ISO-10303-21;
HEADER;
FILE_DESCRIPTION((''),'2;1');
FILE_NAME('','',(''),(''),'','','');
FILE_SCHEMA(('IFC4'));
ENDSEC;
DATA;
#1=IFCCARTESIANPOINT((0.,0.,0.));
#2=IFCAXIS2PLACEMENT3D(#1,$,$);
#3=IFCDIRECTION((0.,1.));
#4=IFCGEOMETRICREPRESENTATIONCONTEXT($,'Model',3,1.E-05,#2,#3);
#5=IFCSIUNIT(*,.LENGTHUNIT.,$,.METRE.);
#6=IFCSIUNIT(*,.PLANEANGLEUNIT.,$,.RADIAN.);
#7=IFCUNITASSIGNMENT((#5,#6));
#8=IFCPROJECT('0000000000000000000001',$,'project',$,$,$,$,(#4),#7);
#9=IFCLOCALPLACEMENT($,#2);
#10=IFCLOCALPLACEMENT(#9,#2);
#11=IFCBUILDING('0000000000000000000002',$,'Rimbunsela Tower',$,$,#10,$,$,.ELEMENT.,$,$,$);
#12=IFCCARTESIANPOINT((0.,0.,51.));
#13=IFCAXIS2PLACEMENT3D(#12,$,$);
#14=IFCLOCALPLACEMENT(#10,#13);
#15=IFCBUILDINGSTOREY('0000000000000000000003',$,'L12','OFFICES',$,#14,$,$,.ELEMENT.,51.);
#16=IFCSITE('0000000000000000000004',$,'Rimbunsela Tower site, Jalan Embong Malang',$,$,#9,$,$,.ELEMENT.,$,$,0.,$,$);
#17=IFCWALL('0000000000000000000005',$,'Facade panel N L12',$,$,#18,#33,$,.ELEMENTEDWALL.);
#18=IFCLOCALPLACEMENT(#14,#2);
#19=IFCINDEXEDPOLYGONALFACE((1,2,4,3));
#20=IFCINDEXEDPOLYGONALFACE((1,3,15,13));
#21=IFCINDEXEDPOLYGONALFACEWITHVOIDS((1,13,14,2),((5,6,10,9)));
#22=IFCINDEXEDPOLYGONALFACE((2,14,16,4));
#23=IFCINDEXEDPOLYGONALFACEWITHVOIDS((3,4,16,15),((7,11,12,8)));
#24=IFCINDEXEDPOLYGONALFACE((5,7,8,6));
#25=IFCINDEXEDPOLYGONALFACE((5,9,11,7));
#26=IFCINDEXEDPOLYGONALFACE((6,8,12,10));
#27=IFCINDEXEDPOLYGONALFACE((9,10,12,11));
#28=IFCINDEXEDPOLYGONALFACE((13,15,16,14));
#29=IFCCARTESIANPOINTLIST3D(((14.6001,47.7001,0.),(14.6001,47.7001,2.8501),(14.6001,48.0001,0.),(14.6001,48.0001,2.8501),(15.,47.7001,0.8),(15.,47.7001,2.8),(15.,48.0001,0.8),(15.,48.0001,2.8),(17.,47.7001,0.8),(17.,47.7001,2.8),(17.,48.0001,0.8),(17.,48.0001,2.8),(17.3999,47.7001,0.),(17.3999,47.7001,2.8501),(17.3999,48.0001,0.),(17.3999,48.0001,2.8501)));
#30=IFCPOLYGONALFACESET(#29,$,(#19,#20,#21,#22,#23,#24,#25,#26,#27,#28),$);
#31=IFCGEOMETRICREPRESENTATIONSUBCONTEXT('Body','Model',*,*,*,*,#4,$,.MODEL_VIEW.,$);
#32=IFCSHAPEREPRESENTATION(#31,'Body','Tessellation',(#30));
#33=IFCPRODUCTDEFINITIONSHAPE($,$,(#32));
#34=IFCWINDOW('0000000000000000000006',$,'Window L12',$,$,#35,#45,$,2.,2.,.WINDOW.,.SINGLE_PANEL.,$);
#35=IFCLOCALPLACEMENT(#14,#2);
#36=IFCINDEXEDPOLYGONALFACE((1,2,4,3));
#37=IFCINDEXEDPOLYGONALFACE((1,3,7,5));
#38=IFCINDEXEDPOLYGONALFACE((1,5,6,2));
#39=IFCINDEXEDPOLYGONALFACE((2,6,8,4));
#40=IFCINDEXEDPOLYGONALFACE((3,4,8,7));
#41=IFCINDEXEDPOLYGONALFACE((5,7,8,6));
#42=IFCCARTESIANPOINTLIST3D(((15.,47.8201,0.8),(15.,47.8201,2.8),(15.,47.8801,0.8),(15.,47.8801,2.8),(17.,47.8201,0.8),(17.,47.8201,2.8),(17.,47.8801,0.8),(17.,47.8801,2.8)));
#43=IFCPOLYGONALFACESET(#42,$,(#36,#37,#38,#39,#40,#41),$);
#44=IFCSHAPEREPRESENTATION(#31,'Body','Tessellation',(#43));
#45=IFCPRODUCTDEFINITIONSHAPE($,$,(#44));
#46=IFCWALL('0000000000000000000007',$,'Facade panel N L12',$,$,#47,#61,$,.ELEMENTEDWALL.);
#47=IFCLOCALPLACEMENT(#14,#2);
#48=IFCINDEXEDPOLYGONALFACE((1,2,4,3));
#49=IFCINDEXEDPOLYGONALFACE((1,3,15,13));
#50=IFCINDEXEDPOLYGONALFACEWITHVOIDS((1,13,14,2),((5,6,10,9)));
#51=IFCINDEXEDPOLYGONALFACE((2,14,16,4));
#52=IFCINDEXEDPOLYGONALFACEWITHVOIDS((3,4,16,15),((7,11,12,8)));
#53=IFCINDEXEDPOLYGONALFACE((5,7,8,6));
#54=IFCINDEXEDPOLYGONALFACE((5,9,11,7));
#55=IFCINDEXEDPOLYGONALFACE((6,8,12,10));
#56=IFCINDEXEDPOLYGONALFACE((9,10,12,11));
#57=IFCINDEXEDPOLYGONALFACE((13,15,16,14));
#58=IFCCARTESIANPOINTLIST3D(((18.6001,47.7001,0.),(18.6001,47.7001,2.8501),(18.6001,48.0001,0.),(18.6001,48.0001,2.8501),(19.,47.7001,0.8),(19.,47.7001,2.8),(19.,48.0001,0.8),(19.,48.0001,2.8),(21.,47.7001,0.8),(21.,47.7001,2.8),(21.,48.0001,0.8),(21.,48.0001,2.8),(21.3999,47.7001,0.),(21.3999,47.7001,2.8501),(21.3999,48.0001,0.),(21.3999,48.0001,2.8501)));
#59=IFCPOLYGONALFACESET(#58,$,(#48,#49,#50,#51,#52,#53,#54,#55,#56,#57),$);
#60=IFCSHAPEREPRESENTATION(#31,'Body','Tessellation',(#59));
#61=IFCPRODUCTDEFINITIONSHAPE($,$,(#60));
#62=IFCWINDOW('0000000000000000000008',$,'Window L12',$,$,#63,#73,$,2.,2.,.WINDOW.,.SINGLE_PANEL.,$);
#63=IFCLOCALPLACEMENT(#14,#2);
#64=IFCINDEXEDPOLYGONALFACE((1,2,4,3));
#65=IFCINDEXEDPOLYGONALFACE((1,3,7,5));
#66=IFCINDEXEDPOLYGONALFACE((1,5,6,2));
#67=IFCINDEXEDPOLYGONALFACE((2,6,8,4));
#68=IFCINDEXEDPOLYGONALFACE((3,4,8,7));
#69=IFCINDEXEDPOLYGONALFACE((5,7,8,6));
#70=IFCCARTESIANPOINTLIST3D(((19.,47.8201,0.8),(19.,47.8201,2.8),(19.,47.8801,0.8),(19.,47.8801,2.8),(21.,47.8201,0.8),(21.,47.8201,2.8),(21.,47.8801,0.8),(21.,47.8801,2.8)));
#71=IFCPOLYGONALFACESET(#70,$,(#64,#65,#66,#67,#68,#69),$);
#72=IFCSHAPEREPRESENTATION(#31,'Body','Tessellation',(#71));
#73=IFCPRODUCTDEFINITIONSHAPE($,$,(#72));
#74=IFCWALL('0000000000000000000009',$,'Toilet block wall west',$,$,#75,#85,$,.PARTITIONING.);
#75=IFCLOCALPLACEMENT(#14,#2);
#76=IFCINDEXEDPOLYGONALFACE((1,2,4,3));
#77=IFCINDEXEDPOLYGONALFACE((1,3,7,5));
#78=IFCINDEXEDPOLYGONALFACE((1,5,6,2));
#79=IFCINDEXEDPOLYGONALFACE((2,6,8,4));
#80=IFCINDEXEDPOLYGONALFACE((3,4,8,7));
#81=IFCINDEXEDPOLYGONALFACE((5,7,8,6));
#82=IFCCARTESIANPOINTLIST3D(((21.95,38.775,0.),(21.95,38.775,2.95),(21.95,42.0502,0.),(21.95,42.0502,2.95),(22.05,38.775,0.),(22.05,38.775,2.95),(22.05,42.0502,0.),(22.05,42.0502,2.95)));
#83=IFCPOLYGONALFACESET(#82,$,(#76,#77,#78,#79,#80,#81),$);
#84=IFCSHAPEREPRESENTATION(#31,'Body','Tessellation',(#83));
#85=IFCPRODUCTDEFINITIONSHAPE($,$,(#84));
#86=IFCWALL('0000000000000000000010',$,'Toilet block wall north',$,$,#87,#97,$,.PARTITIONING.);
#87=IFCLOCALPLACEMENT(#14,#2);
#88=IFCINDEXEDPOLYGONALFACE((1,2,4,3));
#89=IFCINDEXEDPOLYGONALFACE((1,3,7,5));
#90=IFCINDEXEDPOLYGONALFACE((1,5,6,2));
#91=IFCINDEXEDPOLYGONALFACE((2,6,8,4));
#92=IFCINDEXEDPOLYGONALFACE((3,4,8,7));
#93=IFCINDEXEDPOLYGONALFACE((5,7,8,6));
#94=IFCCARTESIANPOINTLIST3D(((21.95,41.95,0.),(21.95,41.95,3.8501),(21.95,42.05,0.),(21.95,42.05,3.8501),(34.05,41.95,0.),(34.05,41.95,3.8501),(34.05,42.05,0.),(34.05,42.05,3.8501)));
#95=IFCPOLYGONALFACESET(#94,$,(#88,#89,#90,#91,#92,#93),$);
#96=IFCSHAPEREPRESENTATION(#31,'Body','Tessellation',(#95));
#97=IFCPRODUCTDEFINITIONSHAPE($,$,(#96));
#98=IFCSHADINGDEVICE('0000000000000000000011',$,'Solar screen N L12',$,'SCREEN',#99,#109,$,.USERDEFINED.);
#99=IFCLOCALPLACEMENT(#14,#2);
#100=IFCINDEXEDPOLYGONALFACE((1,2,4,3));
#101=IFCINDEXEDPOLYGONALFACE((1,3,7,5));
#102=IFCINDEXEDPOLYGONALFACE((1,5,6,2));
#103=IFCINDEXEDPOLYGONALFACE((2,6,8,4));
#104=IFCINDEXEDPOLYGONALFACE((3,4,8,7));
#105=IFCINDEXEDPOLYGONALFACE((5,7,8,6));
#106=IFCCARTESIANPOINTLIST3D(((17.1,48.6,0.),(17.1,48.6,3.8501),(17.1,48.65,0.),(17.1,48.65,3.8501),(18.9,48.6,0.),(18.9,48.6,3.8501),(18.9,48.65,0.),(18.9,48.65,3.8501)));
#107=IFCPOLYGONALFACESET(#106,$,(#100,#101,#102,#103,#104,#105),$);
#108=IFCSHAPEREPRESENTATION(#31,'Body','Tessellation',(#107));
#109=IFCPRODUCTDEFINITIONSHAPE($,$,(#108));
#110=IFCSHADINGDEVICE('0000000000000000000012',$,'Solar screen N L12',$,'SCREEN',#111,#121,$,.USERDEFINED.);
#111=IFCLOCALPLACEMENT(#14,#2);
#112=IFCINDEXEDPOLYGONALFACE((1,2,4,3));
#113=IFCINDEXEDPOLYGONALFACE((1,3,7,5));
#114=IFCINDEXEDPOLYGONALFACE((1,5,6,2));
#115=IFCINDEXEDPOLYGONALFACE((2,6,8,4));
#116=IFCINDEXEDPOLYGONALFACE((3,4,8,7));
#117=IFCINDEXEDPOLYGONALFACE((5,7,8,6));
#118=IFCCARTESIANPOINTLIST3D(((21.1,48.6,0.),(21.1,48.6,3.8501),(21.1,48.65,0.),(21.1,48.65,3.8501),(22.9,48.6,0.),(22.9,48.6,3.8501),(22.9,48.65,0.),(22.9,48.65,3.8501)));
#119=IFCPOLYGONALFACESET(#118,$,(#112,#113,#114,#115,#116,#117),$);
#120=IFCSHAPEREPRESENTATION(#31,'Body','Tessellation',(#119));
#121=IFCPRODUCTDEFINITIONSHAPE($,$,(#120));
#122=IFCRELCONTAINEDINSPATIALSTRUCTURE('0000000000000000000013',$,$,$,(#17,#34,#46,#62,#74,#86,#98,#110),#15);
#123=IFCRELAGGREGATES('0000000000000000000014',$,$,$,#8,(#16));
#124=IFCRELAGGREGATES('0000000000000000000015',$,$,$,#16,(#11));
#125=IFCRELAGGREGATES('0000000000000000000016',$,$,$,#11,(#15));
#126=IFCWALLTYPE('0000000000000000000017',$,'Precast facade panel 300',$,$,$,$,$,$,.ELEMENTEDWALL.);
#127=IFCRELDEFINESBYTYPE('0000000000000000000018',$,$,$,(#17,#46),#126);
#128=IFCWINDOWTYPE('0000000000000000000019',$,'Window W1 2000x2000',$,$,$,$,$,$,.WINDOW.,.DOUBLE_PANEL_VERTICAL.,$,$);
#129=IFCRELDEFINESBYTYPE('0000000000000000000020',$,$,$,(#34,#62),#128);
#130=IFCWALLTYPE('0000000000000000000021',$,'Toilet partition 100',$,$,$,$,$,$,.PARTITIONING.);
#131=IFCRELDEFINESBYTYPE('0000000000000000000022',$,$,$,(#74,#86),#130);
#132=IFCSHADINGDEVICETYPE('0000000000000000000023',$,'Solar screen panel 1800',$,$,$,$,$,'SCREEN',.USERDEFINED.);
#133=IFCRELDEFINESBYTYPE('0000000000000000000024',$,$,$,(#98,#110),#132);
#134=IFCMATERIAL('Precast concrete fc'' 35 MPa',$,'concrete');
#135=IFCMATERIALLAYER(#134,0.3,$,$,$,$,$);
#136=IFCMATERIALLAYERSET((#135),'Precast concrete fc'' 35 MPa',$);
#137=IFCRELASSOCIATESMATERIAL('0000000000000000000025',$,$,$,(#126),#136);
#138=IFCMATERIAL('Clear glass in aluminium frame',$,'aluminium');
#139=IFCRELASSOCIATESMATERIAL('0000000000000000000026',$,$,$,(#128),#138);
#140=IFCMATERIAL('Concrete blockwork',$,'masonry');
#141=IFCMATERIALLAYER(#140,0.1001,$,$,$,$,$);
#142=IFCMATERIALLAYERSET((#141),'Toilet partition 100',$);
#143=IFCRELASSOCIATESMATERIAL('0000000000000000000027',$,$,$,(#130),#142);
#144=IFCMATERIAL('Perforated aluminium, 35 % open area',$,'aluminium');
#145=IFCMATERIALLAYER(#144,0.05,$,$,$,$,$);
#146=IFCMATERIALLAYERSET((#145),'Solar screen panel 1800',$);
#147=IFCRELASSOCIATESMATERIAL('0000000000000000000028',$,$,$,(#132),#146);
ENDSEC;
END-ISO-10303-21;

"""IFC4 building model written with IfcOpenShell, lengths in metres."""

from ifc_helpers import new_model, si_unit, direction, frame, frame_2d, origin, origin_2d, place, context, subcontext, project, spatial, rectangle, extrude, material, layer, layer_set, type_object, element, fill, save


model = new_model("IFC4")

# Units and contexts
model_context = context("Model", 3, precision=1e-05, world=origin(), true_north=direction((0.0, 1.0)))
body_context = subcontext(model_context, "Body", "Model", "MODEL_VIEW")
ifc_project = project(units=[si_unit("LENGTHUNIT", "METRE"), si_unit("PLANEANGLEUNIT", "RADIAN")], contexts=[model_context])

# Site, building, storey
site_placement = place(None, origin())
site = spatial("IfcSite", under=ifc_project, at=site_placement, Name="Rimbunsela Tower site, Jalan Embong Malang", CompositionType="ELEMENT", RefElevation=0.0)
building_placement = place(site_placement, origin())
building = spatial("IfcBuilding", under=site, at=building_placement, Name="Rimbunsela Tower", CompositionType="ELEMENT")
storey_placement = place(building_placement, frame((0.0, 0.0, 51.0)))
storey = spatial("IfcBuildingStorey", under=building, at=storey_placement, Name="L12", Description="OFFICES", CompositionType="ELEMENT", Elevation=51.0)

# Walls, openings, windows
ifc_material_1 = material(Name="Precast concrete fc' 35 MPa", Category="concrete")
ifc_layer_1 = layer(ifc_material_1, 0.3)
ifc_layer_set_1 = layer_set([ifc_layer_1], Name="Precast concrete fc' 35 MPa")
wall_type_1 = type_object("IfcWallType", Name="Precast facade panel 300", PredefinedType="ELEMENTEDWALL", material=ifc_layer_set_1)
wall_1_placement = place(storey_placement, frame((17.3999, 47.8501, 0.0), z_axis=(0.0, 0.0, 1.0), x_axis=(-1.0, 0.0, 0.0)))
wall_1 = element("IfcWall", 1, at=wall_1_placement, inside=storey, type_object=wall_type_1, Name="Facade panel N L12", PredefinedType="ELEMENTEDWALL", context=body_context, shape_type="SweptSolid", body=[
    extrude(rectangle(XDim=2.7998, YDim=0.3, at=frame_2d((1.3999, 0.0))), origin(), (0.0, 0.0, 1.0), 2.8501),
])
opening_1_placement = place(wall_1_placement, frame((0.3999, 0.0, 0.8)))
opening_1 = element("IfcOpeningElement", 2, at=opening_1_placement, cuts=wall_1, PredefinedType="OPENING", context=body_context, shape_type="SweptSolid", body=[
    extrude(rectangle(XDim=2.0, YDim=2.0, at=frame_2d((1.0, 1.0))), frame((0.0, 0.1599, 0.0), z_axis=(0.0, -1.0, 0.0), x_axis=(1.0, 0.0, 0.0)), (0.0, 0.0, 1.0), 0.3201),
])
ifc_material_2 = material(Name="Clear glass in aluminium frame", Category="aluminium")
window_type = type_object("IfcWindowType", Name="Window W1 2000x2000", PartitioningType="DOUBLE_PANEL_VERTICAL", PredefinedType="WINDOW", material=ifc_material_2)
window_1_placement = place(opening_1_placement, origin())
window_1 = element("IfcWindow", 3, at=window_1_placement, inside=storey, type_object=window_type, Name="Window L12", OverallHeight=2.0, OverallWidth=2.0, PartitioningType="SINGLE_PANEL", PredefinedType="WINDOW", context=body_context, shape_type="SweptSolid", body=[
    extrude(rectangle(XDim=2.0, YDim=2.0, at=frame_2d((1.0, 1.0))), frame((0.0, 0.03, 0.0), z_axis=(0.0, -1.0, 0.0), x_axis=(1.0, 0.0, 0.0)), (0.0, 0.0, 1.0), 0.0601),
])
fill(opening_1, window_1)
wall_2_placement = place(storey_placement, frame((21.3999, 47.8501, 0.0), z_axis=(0.0, 0.0, 1.0), x_axis=(-1.0, 0.0, 0.0)))
wall_2 = element("IfcWall", 4, at=wall_2_placement, inside=storey, type_object=wall_type_1, Name="Facade panel N L12", PredefinedType="ELEMENTEDWALL", context=body_context, shape_type="SweptSolid", body=[
    extrude(rectangle(XDim=2.7998, YDim=0.3, at=frame_2d((1.3999, 0.0))), origin(), (0.0, 0.0, 1.0), 2.8501),
])
opening_2_placement = place(wall_2_placement, frame((0.3999, 0.0, 0.8)))
opening_2 = element("IfcOpeningElement", 5, at=opening_2_placement, cuts=wall_2, PredefinedType="OPENING", context=body_context, shape_type="SweptSolid", body=[
    extrude(rectangle(XDim=2.0, YDim=2.0, at=frame_2d((1.0, 1.0))), frame((0.0, 0.1599, 0.0), z_axis=(0.0, -1.0, 0.0), x_axis=(1.0, 0.0, 0.0)), (0.0, 0.0, 1.0), 0.3201),
])
window_2_placement = place(opening_2_placement, origin())
window_2 = element("IfcWindow", 6, at=window_2_placement, inside=storey, type_object=window_type, Name="Window L12", OverallHeight=2.0, OverallWidth=2.0, PartitioningType="SINGLE_PANEL", PredefinedType="WINDOW", context=body_context, shape_type="SweptSolid", body=[
    extrude(rectangle(XDim=2.0, YDim=2.0, at=frame_2d((1.0, 1.0))), frame((0.0, 0.03, 0.0), z_axis=(0.0, -1.0, 0.0), x_axis=(1.0, 0.0, 0.0)), (0.0, 0.0, 1.0), 0.0601),
])
fill(opening_2, window_2)

# Walls
ifc_material_3 = material(Name="Concrete blockwork", Category="masonry")
ifc_layer_2 = layer(ifc_material_3, 0.1001)
ifc_layer_set_2 = layer_set([ifc_layer_2], Name="Toilet partition 100")
wall_type_2 = type_object("IfcWallType", Name="Toilet partition 100", PredefinedType="PARTITIONING", material=ifc_layer_set_2)
wall_3_placement = place(storey_placement, frame((22.0, 38.7749, 0.0), z_axis=(0.0, 0.0, 1.0), x_axis=(0.0, 1.0, 0.0)))
element("IfcWall", 7, at=wall_3_placement, inside=storey, type_object=wall_type_2, Name="Toilet block wall west", PredefinedType="PARTITIONING", context=body_context, shape_type="SweptSolid", body=[
    extrude(rectangle(XDim=3.2751, YDim=0.1001, at=frame_2d((1.6377, 0.0))), origin(), (0.0, 0.0, 1.0), 2.95),
])
wall_4_placement = place(storey_placement, frame((21.95, 42.0, 0.0), z_axis=(0.0, 0.0, 1.0), x_axis=(1.0, 0.0, 0.0)))
element("IfcWall", 8, at=wall_4_placement, inside=storey, type_object=wall_type_2, Name="Toilet block wall north", PredefinedType="PARTITIONING", context=body_context, shape_type="SweptSolid", body=[
    extrude(rectangle(XDim=12.1001, YDim=0.1001, at=frame_2d((6.05, 0.0))), origin(), (0.0, 0.0, 1.0), 3.8501),
])

# Shading devices
ifc_material_4 = material(Name="Perforated aluminium, 35 % open area", Category="aluminium")
ifc_layer_3 = layer(ifc_material_4, 0.05)
ifc_layer_set_3 = layer_set([ifc_layer_3], Name="Solar screen panel 1800")
shading_device_type = type_object("IfcShadingDeviceType", Name="Solar screen panel 1800", ElementType="SCREEN", PredefinedType="USERDEFINED", material=ifc_layer_set_3)
for number, where, z_axis, x_axis, name in (
    (9, (18.0, 48.625, 0.0), (0.0, 0.0, 1.0), (1.0, 0.0, 0.0), "Solar screen N L12"),
    (10, (22.0, 48.625, 0.0), (0.0, 0.0, 1.0), (1.0, 0.0, 0.0), "Solar screen N L12"),
):
    element("IfcShadingDevice", number, at=place(storey_placement, frame(where, z_axis=z_axis, x_axis=x_axis)), inside=storey, type_object=shading_device_type, Name=name, ObjectType="SCREEN", PredefinedType="USERDEFINED", context=body_context, shape_type="SweptSolid", body=[
        extrude(rectangle(XDim=1.8, YDim=0.05, at=origin_2d()), origin(), (0.0, 0.0, 1.0), 3.8501),
    ])

save(model, "model.ifc")
